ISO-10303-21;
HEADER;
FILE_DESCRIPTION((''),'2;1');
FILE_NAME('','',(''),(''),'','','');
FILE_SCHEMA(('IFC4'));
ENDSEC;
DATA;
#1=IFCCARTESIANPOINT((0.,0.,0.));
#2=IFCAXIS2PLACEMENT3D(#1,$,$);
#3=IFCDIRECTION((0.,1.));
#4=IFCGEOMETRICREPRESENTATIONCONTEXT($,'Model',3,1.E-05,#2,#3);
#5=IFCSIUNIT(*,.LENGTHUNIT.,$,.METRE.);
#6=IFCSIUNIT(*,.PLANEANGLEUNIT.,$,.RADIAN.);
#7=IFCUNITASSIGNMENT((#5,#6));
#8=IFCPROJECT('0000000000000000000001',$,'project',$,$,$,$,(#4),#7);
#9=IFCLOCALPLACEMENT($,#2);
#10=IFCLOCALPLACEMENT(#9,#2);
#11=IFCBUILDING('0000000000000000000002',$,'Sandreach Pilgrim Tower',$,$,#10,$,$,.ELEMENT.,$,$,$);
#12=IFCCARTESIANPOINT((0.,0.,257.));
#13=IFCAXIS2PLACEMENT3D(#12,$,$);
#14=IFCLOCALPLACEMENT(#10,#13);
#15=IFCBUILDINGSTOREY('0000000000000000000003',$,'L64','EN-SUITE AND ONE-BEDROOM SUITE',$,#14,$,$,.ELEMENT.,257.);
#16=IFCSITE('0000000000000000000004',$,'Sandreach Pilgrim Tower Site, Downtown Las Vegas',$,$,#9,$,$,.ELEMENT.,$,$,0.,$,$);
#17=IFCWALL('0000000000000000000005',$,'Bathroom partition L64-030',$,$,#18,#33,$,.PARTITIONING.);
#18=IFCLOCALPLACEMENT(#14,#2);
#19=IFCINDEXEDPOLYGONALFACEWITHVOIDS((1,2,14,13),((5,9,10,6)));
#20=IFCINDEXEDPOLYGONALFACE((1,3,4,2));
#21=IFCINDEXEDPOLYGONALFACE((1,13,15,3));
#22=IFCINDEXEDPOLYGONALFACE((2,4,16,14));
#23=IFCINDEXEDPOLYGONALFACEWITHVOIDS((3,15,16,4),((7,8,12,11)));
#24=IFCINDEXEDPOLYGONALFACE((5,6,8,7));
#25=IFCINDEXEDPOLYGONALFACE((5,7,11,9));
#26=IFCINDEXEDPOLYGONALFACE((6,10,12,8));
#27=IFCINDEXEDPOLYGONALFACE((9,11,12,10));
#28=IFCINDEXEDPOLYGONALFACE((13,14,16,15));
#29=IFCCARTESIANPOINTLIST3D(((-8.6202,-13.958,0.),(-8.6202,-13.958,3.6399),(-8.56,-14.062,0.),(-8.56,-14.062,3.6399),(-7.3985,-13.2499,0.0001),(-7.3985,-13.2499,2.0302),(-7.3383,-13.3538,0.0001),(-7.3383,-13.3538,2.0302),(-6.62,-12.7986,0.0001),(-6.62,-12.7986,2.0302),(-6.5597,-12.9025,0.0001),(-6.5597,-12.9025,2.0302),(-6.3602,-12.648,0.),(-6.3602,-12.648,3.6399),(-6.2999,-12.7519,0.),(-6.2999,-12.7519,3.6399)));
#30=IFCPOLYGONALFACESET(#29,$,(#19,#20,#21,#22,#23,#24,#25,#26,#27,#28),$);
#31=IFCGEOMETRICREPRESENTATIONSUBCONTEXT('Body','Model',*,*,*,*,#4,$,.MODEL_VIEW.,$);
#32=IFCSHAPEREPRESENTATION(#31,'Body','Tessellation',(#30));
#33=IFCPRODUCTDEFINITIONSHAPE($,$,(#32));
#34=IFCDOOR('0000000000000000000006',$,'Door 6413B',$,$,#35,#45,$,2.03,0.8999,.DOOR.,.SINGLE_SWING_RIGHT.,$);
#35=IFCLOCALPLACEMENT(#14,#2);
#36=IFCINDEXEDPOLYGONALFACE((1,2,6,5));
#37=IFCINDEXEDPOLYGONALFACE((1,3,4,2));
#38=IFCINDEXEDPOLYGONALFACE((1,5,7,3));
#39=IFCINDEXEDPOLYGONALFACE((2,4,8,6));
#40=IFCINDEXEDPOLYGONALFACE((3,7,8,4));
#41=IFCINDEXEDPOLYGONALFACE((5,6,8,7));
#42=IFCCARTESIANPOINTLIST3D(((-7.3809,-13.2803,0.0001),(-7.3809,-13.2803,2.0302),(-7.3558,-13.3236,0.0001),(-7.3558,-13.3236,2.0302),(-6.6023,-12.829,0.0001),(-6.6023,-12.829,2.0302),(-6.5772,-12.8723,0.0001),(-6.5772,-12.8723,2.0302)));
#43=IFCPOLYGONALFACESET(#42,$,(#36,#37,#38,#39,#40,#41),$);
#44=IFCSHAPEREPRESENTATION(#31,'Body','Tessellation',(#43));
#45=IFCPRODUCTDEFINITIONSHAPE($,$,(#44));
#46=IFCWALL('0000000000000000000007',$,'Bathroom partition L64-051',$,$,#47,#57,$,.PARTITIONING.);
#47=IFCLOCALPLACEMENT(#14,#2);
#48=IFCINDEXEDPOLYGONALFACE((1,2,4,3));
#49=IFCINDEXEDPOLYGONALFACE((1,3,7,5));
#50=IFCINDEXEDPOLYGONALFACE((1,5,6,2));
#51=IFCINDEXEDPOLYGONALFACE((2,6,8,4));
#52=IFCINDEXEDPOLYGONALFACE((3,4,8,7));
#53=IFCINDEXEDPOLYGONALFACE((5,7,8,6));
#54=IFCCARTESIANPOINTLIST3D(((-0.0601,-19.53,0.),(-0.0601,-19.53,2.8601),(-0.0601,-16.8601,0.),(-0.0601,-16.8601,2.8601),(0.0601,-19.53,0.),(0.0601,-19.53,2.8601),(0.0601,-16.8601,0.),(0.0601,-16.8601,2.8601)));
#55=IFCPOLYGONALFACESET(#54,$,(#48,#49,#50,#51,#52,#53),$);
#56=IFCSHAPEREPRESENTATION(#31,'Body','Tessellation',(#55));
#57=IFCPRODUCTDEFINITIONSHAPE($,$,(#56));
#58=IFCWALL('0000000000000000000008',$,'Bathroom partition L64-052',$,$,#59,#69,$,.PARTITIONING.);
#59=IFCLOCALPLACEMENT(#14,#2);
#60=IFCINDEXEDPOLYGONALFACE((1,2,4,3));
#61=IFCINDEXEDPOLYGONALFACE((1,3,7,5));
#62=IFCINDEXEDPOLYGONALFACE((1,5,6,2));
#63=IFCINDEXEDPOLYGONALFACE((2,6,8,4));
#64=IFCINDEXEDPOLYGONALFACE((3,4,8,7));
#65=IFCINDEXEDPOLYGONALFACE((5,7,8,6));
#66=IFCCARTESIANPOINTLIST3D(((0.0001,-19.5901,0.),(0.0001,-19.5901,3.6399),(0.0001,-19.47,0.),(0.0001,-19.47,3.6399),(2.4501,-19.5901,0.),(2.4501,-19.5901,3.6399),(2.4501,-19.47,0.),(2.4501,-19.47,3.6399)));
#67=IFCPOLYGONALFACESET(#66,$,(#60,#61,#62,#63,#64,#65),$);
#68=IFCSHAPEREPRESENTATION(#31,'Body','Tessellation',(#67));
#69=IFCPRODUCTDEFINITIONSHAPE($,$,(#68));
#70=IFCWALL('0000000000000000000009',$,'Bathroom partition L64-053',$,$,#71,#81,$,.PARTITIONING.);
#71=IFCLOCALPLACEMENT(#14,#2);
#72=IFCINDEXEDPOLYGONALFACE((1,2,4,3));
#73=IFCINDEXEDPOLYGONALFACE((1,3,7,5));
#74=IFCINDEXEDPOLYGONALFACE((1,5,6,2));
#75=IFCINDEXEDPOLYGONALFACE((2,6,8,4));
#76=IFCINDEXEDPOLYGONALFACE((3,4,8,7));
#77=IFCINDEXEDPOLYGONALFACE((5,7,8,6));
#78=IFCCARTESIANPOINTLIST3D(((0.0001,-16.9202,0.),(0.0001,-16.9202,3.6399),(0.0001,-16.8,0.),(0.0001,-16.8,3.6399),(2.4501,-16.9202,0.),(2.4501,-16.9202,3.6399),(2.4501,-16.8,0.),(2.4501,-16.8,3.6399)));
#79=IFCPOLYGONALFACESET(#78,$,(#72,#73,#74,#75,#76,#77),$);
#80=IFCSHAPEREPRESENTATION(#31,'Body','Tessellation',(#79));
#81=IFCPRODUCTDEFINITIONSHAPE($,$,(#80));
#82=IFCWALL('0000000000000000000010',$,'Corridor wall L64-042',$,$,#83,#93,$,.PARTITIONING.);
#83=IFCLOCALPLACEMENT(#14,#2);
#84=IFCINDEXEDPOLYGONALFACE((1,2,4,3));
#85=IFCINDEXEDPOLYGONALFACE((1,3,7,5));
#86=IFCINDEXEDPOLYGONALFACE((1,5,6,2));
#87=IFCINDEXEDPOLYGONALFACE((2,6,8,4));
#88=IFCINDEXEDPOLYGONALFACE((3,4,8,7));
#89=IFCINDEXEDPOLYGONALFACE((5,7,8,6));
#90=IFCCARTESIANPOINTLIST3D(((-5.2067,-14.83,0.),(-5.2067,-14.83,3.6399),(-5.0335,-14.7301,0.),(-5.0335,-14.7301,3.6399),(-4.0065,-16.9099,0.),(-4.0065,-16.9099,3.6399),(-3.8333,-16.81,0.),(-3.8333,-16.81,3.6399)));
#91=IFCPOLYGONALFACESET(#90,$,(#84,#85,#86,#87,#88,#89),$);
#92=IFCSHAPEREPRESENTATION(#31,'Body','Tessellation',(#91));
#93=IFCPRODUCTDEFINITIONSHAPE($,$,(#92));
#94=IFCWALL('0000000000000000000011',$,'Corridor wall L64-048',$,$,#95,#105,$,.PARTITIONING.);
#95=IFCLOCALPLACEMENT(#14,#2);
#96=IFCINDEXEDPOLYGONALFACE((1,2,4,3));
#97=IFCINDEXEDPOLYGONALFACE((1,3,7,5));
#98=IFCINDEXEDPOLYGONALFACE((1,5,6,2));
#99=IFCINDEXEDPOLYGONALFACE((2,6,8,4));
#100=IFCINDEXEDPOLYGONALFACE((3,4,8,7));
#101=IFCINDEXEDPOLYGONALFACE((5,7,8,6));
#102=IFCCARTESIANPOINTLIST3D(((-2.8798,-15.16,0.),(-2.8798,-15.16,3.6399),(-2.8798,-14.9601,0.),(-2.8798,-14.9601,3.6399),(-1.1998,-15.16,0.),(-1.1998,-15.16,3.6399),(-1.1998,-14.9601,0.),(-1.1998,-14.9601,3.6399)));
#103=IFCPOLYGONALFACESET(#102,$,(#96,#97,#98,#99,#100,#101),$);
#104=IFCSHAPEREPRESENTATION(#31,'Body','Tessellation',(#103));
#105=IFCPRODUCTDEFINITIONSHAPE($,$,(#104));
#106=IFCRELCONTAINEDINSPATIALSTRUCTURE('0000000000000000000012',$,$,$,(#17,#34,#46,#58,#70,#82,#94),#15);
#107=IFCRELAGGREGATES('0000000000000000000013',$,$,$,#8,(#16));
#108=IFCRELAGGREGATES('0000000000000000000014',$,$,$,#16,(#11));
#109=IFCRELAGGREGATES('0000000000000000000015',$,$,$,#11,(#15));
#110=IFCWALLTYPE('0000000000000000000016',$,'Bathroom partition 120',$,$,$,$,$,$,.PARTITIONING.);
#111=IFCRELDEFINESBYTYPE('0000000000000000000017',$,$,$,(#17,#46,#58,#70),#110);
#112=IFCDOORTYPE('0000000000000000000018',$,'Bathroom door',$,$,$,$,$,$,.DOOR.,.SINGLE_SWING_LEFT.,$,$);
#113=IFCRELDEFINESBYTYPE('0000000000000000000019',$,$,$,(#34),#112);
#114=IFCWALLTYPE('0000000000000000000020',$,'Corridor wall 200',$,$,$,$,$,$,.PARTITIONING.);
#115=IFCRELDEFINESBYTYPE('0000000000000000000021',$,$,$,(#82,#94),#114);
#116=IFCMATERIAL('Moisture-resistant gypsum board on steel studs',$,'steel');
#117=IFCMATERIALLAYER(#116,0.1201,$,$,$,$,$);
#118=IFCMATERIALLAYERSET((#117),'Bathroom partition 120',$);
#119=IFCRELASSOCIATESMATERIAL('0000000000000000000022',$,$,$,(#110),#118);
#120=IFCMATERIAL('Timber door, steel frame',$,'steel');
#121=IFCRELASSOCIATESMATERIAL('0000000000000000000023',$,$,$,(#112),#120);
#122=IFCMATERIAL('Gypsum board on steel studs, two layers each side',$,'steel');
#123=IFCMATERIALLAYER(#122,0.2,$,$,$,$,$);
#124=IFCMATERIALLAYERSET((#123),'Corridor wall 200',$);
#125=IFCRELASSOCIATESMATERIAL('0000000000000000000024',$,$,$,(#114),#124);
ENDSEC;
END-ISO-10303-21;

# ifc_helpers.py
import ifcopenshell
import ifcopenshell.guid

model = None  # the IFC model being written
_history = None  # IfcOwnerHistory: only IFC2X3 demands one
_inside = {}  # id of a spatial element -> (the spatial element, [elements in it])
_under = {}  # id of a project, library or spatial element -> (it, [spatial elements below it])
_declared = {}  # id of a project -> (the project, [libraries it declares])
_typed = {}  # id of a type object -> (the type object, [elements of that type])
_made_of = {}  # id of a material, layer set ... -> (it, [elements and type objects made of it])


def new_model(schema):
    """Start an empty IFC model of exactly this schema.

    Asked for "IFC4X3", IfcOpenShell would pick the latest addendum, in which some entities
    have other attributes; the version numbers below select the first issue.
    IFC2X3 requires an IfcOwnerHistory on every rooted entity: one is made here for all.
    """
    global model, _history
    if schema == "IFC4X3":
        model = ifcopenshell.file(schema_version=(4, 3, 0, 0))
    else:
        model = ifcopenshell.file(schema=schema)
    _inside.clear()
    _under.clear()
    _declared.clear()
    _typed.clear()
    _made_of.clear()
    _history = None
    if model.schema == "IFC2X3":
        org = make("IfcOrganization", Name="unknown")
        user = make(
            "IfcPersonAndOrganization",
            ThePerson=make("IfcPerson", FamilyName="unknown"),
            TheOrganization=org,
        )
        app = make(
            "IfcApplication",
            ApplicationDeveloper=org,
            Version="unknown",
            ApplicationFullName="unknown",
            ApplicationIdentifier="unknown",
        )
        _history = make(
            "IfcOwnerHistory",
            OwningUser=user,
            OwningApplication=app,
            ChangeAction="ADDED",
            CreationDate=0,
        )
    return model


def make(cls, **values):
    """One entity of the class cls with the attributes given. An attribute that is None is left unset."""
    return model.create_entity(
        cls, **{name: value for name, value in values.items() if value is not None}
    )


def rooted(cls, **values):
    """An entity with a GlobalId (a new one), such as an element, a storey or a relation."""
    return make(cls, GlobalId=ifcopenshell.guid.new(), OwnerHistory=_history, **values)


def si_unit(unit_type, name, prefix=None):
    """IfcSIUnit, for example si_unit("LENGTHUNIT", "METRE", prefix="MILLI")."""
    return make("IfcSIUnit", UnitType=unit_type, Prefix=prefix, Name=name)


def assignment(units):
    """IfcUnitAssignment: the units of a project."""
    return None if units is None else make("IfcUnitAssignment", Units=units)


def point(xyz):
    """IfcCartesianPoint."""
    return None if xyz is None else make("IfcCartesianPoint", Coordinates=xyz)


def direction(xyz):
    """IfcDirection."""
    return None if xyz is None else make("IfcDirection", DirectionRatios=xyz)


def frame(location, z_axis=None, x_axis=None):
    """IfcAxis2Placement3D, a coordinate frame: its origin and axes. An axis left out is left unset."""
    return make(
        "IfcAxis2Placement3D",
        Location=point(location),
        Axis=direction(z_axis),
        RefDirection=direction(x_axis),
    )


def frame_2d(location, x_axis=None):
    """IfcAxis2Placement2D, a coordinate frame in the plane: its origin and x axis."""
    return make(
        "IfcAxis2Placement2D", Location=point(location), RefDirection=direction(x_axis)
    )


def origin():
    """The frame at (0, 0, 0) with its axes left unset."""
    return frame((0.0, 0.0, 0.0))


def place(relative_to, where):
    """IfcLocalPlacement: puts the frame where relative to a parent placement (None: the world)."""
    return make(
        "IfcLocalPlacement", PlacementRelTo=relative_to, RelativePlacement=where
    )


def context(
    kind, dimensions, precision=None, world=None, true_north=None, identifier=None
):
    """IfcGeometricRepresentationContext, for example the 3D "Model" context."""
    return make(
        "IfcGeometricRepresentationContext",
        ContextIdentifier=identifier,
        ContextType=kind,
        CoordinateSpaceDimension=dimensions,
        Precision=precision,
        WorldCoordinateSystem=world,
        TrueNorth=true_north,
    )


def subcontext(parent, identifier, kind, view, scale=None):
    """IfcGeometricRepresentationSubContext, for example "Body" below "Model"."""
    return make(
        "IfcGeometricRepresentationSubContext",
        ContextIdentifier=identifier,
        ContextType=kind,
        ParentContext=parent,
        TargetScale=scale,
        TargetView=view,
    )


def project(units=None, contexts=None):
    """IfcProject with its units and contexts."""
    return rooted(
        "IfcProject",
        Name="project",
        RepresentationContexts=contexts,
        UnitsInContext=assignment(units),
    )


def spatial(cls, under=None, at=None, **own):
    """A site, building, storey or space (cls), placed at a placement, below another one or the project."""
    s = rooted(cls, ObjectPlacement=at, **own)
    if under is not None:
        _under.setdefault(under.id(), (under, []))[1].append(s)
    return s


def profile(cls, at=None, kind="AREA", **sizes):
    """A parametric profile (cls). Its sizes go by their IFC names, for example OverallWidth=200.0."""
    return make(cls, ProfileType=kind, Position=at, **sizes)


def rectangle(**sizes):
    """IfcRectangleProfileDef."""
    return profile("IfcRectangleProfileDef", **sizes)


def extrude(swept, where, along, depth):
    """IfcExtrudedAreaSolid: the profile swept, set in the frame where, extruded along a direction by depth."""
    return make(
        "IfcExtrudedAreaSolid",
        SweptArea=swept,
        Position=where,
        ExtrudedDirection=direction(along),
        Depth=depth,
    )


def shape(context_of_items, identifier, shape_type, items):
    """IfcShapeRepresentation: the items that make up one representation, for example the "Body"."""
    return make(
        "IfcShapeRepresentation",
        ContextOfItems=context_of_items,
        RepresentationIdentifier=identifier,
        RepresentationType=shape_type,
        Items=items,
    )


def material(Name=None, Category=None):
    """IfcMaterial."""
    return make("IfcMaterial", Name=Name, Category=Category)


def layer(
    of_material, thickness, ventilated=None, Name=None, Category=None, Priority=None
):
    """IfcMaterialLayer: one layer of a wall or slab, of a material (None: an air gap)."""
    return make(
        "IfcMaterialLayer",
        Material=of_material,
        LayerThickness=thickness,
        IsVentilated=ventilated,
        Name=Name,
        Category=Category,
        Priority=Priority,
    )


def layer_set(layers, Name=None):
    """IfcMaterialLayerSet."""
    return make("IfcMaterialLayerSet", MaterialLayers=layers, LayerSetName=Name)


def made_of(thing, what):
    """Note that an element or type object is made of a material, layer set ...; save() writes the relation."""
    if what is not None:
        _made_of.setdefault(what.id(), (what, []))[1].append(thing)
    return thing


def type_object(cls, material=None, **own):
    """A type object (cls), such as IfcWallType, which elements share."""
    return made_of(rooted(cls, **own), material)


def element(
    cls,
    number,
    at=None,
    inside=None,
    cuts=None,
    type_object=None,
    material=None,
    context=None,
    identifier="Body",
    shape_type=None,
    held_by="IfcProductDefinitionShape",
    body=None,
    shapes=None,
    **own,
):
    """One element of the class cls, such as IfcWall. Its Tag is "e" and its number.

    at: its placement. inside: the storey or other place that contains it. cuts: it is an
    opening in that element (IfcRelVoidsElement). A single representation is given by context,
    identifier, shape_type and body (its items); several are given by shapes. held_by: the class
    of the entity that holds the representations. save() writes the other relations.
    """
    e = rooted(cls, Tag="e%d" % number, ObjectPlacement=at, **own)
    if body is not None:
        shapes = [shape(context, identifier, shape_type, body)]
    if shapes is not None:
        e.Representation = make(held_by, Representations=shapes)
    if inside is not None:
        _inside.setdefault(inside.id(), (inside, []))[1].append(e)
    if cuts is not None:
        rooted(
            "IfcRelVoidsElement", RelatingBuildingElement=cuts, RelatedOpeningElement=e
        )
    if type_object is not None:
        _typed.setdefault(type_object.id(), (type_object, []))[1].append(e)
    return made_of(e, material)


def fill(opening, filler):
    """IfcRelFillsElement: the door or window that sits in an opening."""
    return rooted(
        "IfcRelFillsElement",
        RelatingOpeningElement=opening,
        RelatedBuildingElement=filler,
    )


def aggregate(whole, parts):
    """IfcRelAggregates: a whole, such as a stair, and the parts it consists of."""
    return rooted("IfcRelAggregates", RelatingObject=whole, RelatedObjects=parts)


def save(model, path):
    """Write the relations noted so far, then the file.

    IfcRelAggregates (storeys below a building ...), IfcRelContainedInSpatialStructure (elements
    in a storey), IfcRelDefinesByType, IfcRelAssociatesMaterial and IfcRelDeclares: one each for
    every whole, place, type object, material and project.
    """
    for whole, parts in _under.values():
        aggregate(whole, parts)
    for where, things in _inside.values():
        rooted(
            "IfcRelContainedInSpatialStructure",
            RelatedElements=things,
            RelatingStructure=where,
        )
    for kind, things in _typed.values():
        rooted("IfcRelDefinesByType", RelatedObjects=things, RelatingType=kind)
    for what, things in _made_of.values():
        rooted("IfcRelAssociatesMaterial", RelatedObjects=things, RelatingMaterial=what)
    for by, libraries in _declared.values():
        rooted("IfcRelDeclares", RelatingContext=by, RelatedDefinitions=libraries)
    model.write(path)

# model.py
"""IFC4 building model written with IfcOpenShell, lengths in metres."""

from ifc_helpers import new_model, si_unit, direction, frame, frame_2d, origin, place, context, subcontext, project, spatial, rectangle, extrude, material, layer, layer_set, type_object, element, fill, save


model = new_model("IFC4")

# Units and contexts
model_context = context("Model", 3, precision=1e-05, world=origin(), true_north=direction((0.0, 1.0)))
body_context = subcontext(model_context, "Body", "Model", "MODEL_VIEW")
ifc_project = project(units=[si_unit("LENGTHUNIT", "METRE"), si_unit("PLANEANGLEUNIT", "RADIAN")], contexts=[model_context])

# Site, building, storey
site_placement = place(None, origin())
site = spatial("IfcSite", under=ifc_project, at=site_placement, Name="Sandreach Pilgrim Tower Site, Downtown Las Vegas", CompositionType="ELEMENT", RefElevation=0.0)
building_placement = place(site_placement, origin())
building = spatial("IfcBuilding", under=site, at=building_placement, Name="Sandreach Pilgrim Tower", CompositionType="ELEMENT")
storey_placement = place(building_placement, frame((0.0, 0.0, 257.0)))
storey = spatial("IfcBuildingStorey", under=building, at=storey_placement, Name="L64", Description="EN-SUITE AND ONE-BEDROOM SUITE", CompositionType="ELEMENT", Elevation=257.0)

# Wall, opening, door
ifc_material_1 = material(Name="Moisture-resistant gypsum board on steel studs", Category="steel")
ifc_layer_1 = layer(ifc_material_1, 0.1201)
ifc_layer_set_1 = layer_set([ifc_layer_1], Name="Bathroom partition 120")
wall_type_1 = type_object("IfcWallType", Name="Bathroom partition 120", PredefinedType="PARTITIONING", material=ifc_layer_set_1)
wall_1_placement = place(storey_placement, frame((-8.5901, -14.01, 0.0), z_axis=(0.0, 0.0, 1.0), x_axis=(0.865155, 0.501504, 0.0)))
wall_1 = element("IfcWall", 1, at=wall_1_placement, inside=storey, type_object=wall_type_1, Name="Bathroom partition L64-030", PredefinedType="PARTITIONING", context=body_context, shape_type="SweptSolid", body=[
    extrude(rectangle(XDim=2.6123, YDim=0.1201, at=frame_2d((1.3062, 0.0))), origin(), (0.0, 0.0, 1.0), 3.6399),
])
opening_1_placement = place(wall_1_placement, frame((1.4121, 0.0, 0.0)))
opening_1 = element("IfcOpeningElement", 2, at=opening_1_placement, cuts=wall_1, PredefinedType="OPENING", context=body_context, shape_type="SweptSolid", body=[
    extrude(rectangle(XDim=0.8999, YDim=2.03, at=frame_2d((0.45, 1.0151))), frame((0.0, 0.0601, 0.0), z_axis=(0.0, -1.0, 0.0), x_axis=(1.0, 0.0, 0.0)), (0.0, 0.0, 1.0), 0.1201),
])
ifc_material_2 = material(Name="Timber door, steel frame", Category="steel")
door_type_1 = type_object("IfcDoorType", Name="Bathroom door", OperationType="SINGLE_SWING_LEFT", PredefinedType="DOOR", material=ifc_material_2)
door_1_placement = place(opening_1_placement, origin())
door_1 = element("IfcDoor", 3, at=door_1_placement, inside=storey, type_object=door_type_1, Name="Door 6413B", OperationType="SINGLE_SWING_RIGHT", OverallHeight=2.03, OverallWidth=0.8999, PredefinedType="DOOR", context=body_context, shape_type="SweptSolid", body=[
    extrude(rectangle(XDim=0.8999, YDim=2.03, at=frame_2d((0.45, 1.0151))), frame((0.0, 0.0249, 0.0), z_axis=(0.0, -1.0, 0.0), x_axis=(1.0, 0.0, 0.0)), (0.0, 0.0, 1.0), 0.05),
])
fill(opening_1, door_1)

# Walls
wall_2_placement = place(storey_placement, frame((0.0, -19.53, 0.0), z_axis=(0.0, 0.0, 1.0), x_axis=(0.0, 1.0, 0.0)))
element("IfcWall", 4, at=wall_2_placement, inside=storey, type_object=wall_type_1, Name="Bathroom partition L64-051", PredefinedType="PARTITIONING", context=body_context, shape_type="SweptSolid", body=[
    extrude(rectangle(XDim=2.6699, YDim=0.1201, at=frame_2d((1.335, 0.0))), origin(), (0.0, 0.0, 1.0), 2.8601),
])
for number, where, z_axis, x_axis, name in (
    (5, (0.0, -19.53, 0.0), (0.0, 0.0, 1.0), (1.0, 0.0, 0.0), "Bathroom partition L64-052"),
    (6, (0.0, -16.8601, 0.0), (0.0, 0.0, 1.0), (1.0, 0.0, 0.0), "Bathroom partition L64-053"),
):
    element("IfcWall", number, at=place(storey_placement, frame(where, z_axis=z_axis, x_axis=x_axis)), inside=storey, type_object=wall_type_1, Name=name, PredefinedType="PARTITIONING", context=body_context, shape_type="SweptSolid", body=[
        extrude(rectangle(XDim=2.45, YDim=0.1201, at=frame_2d((1.2251, 0.0))), origin(), (0.0, 0.0, 1.0), 3.6399),
    ])
ifc_material_3 = material(Name="Gypsum board on steel studs, two layers each side", Category="steel")
ifc_layer_2 = layer(ifc_material_3, 0.2)
ifc_layer_set_2 = layer_set([ifc_layer_2], Name="Corridor wall 200")
wall_type_2 = type_object("IfcWallType", Name="Corridor wall 200", PredefinedType="PARTITIONING", material=ifc_layer_set_2)
wall_3_placement = place(storey_placement, frame((-5.1201, -14.78, 0.0), z_axis=(0.0, 0.0, 1.0), x_axis=(0.499813, -0.866133, 0.0)))
element("IfcWall", 7, at=wall_3_placement, inside=storey, type_object=wall_type_2, Name="Corridor wall L64-042", PredefinedType="PARTITIONING", context=body_context, shape_type="SweptSolid", body=[
    extrude(rectangle(XDim=2.4014, YDim=0.2, at=frame_2d((1.2007, 0.0))), origin(), (0.0, 0.0, 1.0), 3.6399),
])

# Wall
wall_4_placement = place(storey_placement, frame((-1.2, -15.0601, 0.0), z_axis=(0.0, 0.0, 1.0), x_axis=(-1.0, 0.0, 0.0)))
element("IfcWall", 8, at=wall_4_placement, inside=storey, type_object=wall_type_2, Name="Corridor wall L64-048", PredefinedType="PARTITIONING", context=body_context, shape_type="SweptSolid", body=[
    extrude(rectangle(XDim=1.6799, YDim=0.2, at=frame_2d((0.8398, 0.0))), origin(), (0.0, 0.0, 1.0), 3.6399),
])

save(model, "model.ifc")
